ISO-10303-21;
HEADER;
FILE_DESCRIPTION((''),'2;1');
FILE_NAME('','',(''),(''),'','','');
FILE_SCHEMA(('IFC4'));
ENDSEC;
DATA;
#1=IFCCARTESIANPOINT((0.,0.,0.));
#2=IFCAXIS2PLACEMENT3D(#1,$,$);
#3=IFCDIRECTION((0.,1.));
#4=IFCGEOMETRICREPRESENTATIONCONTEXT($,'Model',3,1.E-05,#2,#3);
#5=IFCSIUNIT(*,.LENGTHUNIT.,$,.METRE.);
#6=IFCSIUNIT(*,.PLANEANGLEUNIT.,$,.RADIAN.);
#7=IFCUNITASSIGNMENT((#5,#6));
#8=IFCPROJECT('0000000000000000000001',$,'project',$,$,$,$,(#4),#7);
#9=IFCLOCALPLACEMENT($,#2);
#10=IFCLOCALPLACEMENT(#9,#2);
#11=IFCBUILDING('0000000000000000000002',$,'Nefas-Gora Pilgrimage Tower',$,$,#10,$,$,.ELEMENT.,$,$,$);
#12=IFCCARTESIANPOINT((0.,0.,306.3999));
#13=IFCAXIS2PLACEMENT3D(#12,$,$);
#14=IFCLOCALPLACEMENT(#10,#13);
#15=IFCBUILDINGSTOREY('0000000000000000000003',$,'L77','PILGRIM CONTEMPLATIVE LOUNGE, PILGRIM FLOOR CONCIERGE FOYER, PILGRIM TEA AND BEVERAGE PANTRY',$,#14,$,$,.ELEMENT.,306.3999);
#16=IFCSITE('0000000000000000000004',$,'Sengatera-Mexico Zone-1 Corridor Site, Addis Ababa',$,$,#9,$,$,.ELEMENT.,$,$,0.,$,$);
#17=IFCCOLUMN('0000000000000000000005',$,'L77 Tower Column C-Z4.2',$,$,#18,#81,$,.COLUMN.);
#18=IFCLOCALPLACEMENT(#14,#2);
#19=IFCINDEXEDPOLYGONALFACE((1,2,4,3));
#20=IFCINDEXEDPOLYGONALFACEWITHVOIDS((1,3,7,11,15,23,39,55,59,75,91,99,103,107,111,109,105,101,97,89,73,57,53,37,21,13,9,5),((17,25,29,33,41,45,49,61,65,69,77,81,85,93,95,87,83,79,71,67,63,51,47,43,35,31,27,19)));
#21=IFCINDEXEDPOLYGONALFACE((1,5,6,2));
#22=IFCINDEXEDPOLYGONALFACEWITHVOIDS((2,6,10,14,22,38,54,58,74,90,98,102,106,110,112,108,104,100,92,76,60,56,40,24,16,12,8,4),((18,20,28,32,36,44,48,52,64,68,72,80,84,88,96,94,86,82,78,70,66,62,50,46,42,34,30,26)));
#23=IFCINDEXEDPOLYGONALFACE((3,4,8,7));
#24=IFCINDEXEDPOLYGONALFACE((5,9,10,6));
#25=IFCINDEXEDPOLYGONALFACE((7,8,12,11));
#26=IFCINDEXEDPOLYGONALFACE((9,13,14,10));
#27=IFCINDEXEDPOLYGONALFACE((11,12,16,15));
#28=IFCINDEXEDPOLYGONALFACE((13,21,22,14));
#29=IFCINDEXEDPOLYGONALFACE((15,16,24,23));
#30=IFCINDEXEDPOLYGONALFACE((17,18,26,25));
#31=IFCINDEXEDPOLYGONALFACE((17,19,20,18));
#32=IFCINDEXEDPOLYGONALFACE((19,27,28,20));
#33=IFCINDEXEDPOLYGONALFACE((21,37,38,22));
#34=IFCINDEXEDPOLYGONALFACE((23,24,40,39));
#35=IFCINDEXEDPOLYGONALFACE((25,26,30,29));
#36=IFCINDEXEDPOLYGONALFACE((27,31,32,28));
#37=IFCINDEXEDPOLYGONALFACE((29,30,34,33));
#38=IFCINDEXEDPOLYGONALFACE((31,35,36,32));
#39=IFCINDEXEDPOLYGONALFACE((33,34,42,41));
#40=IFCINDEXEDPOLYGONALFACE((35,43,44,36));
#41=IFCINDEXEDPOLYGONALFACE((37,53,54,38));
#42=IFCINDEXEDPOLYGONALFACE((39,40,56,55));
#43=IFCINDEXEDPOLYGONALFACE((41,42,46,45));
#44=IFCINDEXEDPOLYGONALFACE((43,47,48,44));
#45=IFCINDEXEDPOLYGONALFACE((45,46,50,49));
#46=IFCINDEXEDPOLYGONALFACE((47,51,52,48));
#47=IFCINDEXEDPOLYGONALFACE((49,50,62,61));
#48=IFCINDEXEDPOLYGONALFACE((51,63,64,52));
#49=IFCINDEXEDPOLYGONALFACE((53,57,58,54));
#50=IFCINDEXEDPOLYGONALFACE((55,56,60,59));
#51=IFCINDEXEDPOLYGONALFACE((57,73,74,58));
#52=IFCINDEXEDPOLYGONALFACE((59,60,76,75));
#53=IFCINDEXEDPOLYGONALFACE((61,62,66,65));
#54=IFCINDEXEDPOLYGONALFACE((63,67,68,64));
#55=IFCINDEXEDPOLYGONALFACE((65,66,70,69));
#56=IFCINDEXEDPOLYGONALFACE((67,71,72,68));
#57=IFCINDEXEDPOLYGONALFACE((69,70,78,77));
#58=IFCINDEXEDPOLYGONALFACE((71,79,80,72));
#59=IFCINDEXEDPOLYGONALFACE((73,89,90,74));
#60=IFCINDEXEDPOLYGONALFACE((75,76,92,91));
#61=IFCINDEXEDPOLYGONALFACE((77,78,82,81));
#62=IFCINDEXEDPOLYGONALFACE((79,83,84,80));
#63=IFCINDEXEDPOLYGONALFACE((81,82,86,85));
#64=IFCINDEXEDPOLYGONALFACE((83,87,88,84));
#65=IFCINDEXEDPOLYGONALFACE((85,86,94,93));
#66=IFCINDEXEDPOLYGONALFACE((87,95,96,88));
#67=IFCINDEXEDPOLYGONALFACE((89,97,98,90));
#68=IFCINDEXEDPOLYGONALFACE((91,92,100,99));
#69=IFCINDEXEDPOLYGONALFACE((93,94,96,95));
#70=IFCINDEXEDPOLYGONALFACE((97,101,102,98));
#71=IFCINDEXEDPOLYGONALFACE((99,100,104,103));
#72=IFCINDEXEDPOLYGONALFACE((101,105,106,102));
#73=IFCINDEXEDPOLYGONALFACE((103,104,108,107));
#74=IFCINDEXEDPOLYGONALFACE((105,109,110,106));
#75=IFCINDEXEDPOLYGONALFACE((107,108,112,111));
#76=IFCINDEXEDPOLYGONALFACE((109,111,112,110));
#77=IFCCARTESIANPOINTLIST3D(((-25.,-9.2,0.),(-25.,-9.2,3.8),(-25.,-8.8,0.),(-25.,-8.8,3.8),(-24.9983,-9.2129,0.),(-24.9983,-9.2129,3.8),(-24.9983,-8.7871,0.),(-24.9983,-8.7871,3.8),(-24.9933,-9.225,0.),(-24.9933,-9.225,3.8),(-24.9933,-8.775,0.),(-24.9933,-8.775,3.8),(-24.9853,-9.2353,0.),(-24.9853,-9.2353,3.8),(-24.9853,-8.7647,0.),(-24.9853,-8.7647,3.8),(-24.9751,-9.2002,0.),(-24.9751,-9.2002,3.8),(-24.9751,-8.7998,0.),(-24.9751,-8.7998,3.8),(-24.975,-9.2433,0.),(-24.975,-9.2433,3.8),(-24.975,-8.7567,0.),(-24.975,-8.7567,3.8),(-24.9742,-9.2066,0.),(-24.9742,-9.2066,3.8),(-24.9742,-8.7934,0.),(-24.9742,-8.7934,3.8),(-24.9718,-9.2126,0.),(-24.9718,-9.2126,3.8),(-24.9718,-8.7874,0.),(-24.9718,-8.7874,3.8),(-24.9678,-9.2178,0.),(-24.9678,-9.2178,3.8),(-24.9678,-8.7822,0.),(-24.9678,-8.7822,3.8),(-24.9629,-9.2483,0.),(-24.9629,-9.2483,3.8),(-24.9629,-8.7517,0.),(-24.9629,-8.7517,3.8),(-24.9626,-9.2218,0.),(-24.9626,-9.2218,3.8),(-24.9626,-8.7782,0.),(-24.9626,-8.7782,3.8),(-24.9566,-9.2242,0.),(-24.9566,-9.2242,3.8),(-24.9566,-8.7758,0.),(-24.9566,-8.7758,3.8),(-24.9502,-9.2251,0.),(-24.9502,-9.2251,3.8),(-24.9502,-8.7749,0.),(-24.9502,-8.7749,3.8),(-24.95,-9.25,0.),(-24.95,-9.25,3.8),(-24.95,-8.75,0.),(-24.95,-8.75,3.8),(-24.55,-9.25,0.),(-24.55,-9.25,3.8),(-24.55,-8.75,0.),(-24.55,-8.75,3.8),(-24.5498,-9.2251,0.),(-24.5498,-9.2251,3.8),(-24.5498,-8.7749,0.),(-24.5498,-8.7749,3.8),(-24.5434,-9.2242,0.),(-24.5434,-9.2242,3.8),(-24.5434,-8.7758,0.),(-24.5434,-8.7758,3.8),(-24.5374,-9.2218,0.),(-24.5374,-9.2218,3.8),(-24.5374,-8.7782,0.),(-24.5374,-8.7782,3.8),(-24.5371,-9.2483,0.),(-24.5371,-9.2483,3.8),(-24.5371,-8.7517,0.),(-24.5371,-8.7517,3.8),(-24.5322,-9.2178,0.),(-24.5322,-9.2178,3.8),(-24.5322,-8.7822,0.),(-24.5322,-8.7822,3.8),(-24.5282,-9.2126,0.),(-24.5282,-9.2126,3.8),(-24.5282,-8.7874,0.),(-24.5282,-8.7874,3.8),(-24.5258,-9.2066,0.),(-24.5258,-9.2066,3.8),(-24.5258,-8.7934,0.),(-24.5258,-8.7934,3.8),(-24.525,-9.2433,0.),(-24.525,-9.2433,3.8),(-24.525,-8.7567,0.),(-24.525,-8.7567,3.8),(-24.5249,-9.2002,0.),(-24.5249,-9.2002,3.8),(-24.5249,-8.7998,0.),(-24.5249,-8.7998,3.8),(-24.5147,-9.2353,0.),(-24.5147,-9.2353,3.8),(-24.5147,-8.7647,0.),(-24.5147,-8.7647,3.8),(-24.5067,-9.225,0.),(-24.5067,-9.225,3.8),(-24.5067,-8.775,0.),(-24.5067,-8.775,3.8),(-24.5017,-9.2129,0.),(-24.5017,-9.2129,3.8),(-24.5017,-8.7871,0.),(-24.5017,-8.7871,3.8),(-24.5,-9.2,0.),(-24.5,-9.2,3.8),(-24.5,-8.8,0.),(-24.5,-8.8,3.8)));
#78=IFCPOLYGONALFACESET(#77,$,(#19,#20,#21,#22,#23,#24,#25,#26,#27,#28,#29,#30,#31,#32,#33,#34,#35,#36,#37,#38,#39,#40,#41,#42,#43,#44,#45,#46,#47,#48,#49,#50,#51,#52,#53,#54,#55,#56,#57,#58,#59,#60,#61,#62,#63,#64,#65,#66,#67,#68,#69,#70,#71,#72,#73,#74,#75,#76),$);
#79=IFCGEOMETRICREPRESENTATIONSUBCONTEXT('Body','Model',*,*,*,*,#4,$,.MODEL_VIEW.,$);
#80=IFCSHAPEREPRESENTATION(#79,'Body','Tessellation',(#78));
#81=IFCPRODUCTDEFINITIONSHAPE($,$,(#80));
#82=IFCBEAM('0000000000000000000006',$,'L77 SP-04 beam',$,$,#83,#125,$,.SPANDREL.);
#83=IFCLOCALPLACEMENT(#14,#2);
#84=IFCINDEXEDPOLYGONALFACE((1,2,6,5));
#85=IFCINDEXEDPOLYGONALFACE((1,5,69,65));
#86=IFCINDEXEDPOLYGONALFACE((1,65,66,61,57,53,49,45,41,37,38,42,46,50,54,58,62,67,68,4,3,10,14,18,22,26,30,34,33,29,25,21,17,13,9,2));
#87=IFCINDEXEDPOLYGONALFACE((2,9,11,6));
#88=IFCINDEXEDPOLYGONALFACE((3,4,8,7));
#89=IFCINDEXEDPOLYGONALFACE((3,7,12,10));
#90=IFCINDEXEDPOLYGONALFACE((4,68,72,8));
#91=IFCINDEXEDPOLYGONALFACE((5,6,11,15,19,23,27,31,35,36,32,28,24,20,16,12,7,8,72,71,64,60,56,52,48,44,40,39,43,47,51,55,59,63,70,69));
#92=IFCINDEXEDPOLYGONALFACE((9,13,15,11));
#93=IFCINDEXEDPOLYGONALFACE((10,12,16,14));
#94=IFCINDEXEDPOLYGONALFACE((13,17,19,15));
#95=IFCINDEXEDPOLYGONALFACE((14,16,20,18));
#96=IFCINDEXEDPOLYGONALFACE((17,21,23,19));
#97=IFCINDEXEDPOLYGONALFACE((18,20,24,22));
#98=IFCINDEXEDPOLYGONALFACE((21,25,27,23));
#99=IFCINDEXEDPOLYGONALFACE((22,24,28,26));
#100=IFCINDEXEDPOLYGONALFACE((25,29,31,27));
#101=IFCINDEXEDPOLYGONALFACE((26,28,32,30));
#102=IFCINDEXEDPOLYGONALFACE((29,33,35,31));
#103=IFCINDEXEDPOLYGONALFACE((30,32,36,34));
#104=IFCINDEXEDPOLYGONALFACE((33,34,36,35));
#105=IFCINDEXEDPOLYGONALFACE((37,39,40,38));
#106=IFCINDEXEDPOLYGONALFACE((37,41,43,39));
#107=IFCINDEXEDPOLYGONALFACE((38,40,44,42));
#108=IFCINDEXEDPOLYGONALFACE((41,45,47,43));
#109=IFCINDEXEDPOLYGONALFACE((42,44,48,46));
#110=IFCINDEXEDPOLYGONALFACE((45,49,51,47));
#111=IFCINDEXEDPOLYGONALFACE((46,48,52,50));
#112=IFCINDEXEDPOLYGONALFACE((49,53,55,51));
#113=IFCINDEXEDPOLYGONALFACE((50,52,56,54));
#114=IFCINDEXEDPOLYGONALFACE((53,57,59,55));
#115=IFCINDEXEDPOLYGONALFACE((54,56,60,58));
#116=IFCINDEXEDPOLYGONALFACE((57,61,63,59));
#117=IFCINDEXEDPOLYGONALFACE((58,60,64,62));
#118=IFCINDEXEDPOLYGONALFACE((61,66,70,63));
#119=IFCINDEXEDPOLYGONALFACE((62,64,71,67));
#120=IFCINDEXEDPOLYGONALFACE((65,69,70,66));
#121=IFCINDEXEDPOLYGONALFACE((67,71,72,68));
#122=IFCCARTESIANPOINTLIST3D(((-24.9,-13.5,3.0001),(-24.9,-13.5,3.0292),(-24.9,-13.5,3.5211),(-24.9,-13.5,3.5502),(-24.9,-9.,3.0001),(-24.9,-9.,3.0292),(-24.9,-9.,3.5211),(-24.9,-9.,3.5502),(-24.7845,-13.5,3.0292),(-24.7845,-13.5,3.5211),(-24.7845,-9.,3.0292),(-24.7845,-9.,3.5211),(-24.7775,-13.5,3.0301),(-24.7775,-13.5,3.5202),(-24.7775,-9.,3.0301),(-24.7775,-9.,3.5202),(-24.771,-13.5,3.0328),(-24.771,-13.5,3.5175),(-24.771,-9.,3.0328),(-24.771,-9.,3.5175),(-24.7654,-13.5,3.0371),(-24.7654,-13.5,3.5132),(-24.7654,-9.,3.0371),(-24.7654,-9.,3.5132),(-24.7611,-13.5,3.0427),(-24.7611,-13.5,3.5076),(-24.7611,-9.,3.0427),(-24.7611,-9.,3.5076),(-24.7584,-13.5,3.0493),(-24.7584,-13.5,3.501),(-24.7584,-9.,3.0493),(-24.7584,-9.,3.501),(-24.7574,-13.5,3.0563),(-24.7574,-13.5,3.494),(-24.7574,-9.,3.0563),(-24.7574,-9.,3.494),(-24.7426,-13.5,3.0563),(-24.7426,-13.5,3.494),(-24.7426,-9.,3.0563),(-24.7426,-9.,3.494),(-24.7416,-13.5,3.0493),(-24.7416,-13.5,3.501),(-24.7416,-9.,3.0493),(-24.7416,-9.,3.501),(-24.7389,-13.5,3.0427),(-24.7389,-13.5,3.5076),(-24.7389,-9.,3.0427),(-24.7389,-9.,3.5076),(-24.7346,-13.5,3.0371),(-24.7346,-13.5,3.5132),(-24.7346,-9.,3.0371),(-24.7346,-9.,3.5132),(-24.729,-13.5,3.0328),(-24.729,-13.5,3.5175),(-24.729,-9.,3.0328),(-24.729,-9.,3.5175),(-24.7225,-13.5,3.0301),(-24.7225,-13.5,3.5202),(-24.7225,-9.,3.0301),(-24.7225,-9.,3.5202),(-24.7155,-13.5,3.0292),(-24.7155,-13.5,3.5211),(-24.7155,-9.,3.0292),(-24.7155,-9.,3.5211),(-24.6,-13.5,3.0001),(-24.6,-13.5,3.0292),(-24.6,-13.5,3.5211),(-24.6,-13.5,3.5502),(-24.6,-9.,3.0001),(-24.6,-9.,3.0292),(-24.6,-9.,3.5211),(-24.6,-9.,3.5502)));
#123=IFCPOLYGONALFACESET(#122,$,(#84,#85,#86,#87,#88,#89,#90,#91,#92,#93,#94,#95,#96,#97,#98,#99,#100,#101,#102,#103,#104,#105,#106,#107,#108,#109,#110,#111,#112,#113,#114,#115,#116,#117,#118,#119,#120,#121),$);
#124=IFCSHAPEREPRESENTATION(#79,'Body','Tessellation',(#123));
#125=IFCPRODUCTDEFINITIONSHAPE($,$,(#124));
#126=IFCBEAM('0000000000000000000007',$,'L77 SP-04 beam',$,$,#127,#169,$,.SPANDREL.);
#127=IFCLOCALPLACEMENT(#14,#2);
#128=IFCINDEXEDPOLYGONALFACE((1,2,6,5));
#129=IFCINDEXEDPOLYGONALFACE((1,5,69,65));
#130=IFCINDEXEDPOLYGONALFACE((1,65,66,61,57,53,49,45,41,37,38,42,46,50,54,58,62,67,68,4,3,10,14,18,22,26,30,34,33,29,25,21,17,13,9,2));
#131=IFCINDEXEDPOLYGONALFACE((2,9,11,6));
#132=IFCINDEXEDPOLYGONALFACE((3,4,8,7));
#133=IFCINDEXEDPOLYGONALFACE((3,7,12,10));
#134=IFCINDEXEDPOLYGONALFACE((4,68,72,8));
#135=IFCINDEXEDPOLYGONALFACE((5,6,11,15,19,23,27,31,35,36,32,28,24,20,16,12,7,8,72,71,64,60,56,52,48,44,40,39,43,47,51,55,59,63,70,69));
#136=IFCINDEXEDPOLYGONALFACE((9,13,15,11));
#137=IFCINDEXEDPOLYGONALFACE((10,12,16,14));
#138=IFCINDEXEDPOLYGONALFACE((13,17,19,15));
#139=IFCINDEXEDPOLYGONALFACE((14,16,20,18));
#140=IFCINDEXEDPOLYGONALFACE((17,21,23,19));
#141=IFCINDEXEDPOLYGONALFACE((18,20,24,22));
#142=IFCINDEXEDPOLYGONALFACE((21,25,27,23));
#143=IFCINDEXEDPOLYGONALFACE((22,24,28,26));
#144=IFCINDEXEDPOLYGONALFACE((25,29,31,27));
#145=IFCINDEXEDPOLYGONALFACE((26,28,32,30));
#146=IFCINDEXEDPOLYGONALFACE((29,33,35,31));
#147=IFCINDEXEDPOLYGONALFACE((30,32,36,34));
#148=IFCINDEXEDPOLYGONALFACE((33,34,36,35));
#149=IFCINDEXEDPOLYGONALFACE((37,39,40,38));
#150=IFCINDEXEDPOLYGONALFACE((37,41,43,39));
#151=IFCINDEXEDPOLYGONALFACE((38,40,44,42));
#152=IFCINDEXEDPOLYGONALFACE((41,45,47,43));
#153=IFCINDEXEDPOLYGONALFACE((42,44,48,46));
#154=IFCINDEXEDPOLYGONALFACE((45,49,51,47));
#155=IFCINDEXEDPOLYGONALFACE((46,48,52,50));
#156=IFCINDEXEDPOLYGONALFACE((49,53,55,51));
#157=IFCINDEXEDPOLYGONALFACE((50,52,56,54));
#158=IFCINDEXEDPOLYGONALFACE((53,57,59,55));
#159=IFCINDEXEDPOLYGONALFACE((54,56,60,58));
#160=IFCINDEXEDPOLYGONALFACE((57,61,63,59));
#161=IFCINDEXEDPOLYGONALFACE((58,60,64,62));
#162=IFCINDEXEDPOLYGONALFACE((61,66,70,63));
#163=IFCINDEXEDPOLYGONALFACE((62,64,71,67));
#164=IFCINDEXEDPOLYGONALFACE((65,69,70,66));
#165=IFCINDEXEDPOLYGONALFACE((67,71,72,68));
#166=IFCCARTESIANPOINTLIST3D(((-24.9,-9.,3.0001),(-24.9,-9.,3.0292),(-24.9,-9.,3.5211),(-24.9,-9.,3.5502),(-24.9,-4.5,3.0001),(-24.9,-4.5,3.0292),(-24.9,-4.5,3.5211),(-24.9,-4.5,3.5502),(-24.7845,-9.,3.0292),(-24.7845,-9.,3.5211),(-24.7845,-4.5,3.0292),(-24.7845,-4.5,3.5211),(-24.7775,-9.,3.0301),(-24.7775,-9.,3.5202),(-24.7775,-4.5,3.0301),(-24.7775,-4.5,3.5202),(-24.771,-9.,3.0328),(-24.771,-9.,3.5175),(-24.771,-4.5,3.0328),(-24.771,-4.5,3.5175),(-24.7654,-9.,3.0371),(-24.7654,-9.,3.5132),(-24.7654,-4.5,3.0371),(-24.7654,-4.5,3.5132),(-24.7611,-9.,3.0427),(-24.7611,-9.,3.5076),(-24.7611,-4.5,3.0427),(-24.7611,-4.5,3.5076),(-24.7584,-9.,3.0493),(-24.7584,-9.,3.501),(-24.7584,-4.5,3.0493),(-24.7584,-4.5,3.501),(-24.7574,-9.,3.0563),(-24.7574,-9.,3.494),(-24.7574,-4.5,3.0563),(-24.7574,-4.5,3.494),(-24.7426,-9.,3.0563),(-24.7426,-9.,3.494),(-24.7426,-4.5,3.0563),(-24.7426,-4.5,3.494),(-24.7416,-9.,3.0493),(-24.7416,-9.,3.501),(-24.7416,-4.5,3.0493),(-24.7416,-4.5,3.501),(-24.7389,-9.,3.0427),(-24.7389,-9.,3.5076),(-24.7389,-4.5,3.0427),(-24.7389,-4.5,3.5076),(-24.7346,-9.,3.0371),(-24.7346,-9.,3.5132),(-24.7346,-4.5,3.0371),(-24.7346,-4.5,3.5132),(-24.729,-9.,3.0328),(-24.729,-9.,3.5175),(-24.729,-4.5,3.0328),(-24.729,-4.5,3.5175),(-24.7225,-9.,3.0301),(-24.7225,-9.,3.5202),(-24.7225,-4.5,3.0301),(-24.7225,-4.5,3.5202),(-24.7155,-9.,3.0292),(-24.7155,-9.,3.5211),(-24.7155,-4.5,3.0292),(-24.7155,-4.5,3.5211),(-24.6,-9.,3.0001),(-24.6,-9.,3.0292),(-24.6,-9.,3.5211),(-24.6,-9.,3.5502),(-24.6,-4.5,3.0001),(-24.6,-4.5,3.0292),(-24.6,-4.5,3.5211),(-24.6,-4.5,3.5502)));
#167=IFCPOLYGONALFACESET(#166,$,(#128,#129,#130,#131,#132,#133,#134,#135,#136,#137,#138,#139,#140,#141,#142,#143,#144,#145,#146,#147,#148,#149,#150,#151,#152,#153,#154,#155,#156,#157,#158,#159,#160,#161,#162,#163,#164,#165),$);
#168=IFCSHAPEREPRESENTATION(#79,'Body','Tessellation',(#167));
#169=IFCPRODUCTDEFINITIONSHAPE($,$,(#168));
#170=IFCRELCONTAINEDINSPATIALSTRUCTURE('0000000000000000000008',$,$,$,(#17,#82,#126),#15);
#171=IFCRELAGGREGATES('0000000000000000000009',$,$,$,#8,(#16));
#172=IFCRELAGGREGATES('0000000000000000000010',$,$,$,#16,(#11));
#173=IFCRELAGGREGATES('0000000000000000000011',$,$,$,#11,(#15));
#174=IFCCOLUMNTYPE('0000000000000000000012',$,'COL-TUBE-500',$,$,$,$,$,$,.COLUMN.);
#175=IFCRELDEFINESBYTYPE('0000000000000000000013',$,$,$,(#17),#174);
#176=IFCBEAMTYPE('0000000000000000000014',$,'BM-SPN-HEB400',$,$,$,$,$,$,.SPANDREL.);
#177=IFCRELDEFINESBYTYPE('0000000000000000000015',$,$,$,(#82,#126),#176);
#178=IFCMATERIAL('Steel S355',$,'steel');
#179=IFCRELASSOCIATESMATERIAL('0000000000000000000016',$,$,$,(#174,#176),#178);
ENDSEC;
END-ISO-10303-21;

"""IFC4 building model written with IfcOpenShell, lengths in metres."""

from ifc_helpers import new_model, si_unit, direction, frame, origin, origin_2d, place, context, subcontext, project, spatial, hollow_rectangle, i_section, extrude, source, transform, mapped, material, material_profile, profile_set, type_object, element, save


model = new_model("IFC4")

# Units and contexts
model_context = context("Model", 3, precision=1e-05, world=origin(), true_north=direction((0.0, 1.0)))
body_context = subcontext(model_context, "Body", "Model", "MODEL_VIEW")
ifc_project = project(units=[si_unit("LENGTHUNIT", "METRE"), si_unit("PLANEANGLEUNIT", "RADIAN")], contexts=[model_context])

# Site, building, storey
site_placement = place(None, origin())
site = spatial("IfcSite", under=ifc_project, at=site_placement, Name="Sengatera-Mexico Zone-1 Corridor Site, Addis Ababa", CompositionType="ELEMENT", RefElevation=0.0)
building_placement = place(site_placement, origin())
building = spatial("IfcBuilding", under=site, at=building_placement, Name="Nefas-Gora Pilgrimage Tower", CompositionType="ELEMENT")
storey_placement = place(building_placement, frame((0.0, 0.0, 306.3999)))
storey = spatial("IfcBuildingStorey", under=building, at=storey_placement, Name="L77", Description="PILGRIM CONTEMPLATIVE LOUNGE, PILGRIM FLOOR CONCIERGE FOYER, PILGRIM TEA AND BEVERAGE PANTRY", CompositionType="ELEMENT", Elevation=306.3999)

# Column
ifc_material_1 = material(Name="Steel S355", Category="steel")
ifc_material_profile_1 = material_profile(ifc_material_1, hollow_rectangle(XDim=0.5, YDim=0.5, WallThickness=0.0249, InnerFilletRadius=0.0249, OuterFilletRadius=0.05, at=origin_2d()), Name="SHS 500x500x25")
ifc_profile_set_1 = profile_set([ifc_material_profile_1], Name="Steel S355")
column_type_1 = type_object("IfcColumnType", Name="COL-TUBE-500", PredefinedType="COLUMN", material=ifc_profile_set_1)
shared_shape_1 = source(origin(), body_context, "Body", "SweptSolid", [
    extrude(hollow_rectangle(XDim=0.5, YDim=0.5, WallThickness=0.0249, InnerFilletRadius=0.0249, OuterFilletRadius=0.05, at=origin_2d()), origin(), (0.0, 0.0, 1.0), 3.8),
])
for number, where, z_axis, x_axis, name in (
    (1, (-24.75, -9.0, 0.0), (0.0, 0.0, 1.0), (1.0, 0.0, 0.0), "L77 Tower Column C-Z4.2"),
):
    element("IfcColumn", number, at=place(storey_placement, frame(where, z_axis=z_axis, x_axis=x_axis)), inside=storey, type_object=column_type_1, Name=name, PredefinedType="COLUMN", context=body_context, shape_type="MappedRepresentation", body=[
        mapped(shared_shape_1, transform((0.0, 0.0, 0.0), x_axis=(1.0, 0.0, 0.0), y_axis=(0.0, 1.0, 0.0), z_axis=(0.0, 0.0, 1.0), scale=1.0)),
    ])

# Beams
ifc_material_profile_2 = material_profile(ifc_material_1, i_section(OverallWidth=0.3, OverallDepth=0.55, WebThickness=0.0149, FlangeThickness=0.0291, FilletRadius=0.0271, at=origin_2d()), Name="HEB 550")
ifc_profile_set_2 = profile_set([ifc_material_profile_2], Name="Steel S355")
beam_type_1 = type_object("IfcBeamType", Name="BM-SPN-HEB400", PredefinedType="SPANDREL", material=ifc_profile_set_2)
shared_shape_2 = source(origin(), body_context, "Body", "SweptSolid", [
    extrude(i_section(OverallWidth=0.3, OverallDepth=0.55, WebThickness=0.0149, FlangeThickness=0.0291, FilletRadius=0.0271, at=origin_2d()), origin(), (0.0, 0.0, 1.0), 4.5),
])
for number, where, z_axis, x_axis, name in (
    (2, (-24.75, -13.5, 3.2751), (0.0, 1.0, 0.0), (-1.0, 0.0, 0.0), "L77 SP-04 beam"),
    (3, (-24.75, -9.0, 3.2751), (0.0, 1.0, 0.0), (-1.0, 0.0, 0.0), "L77 SP-04 beam"),
):
    element("IfcBeam", number, at=place(storey_placement, frame(where, z_axis=z_axis, x_axis=x_axis)), inside=storey, type_object=beam_type_1, Name=name, PredefinedType="SPANDREL", context=body_context, shape_type="MappedRepresentation", body=[
        mapped(shared_shape_2, transform((0.0, 0.0, 0.0), x_axis=(1.0, 0.0, 0.0), y_axis=(0.0, 1.0, 0.0), z_axis=(0.0, 0.0, 1.0), scale=1.0)),
    ])

save(model, "model.ifc")
